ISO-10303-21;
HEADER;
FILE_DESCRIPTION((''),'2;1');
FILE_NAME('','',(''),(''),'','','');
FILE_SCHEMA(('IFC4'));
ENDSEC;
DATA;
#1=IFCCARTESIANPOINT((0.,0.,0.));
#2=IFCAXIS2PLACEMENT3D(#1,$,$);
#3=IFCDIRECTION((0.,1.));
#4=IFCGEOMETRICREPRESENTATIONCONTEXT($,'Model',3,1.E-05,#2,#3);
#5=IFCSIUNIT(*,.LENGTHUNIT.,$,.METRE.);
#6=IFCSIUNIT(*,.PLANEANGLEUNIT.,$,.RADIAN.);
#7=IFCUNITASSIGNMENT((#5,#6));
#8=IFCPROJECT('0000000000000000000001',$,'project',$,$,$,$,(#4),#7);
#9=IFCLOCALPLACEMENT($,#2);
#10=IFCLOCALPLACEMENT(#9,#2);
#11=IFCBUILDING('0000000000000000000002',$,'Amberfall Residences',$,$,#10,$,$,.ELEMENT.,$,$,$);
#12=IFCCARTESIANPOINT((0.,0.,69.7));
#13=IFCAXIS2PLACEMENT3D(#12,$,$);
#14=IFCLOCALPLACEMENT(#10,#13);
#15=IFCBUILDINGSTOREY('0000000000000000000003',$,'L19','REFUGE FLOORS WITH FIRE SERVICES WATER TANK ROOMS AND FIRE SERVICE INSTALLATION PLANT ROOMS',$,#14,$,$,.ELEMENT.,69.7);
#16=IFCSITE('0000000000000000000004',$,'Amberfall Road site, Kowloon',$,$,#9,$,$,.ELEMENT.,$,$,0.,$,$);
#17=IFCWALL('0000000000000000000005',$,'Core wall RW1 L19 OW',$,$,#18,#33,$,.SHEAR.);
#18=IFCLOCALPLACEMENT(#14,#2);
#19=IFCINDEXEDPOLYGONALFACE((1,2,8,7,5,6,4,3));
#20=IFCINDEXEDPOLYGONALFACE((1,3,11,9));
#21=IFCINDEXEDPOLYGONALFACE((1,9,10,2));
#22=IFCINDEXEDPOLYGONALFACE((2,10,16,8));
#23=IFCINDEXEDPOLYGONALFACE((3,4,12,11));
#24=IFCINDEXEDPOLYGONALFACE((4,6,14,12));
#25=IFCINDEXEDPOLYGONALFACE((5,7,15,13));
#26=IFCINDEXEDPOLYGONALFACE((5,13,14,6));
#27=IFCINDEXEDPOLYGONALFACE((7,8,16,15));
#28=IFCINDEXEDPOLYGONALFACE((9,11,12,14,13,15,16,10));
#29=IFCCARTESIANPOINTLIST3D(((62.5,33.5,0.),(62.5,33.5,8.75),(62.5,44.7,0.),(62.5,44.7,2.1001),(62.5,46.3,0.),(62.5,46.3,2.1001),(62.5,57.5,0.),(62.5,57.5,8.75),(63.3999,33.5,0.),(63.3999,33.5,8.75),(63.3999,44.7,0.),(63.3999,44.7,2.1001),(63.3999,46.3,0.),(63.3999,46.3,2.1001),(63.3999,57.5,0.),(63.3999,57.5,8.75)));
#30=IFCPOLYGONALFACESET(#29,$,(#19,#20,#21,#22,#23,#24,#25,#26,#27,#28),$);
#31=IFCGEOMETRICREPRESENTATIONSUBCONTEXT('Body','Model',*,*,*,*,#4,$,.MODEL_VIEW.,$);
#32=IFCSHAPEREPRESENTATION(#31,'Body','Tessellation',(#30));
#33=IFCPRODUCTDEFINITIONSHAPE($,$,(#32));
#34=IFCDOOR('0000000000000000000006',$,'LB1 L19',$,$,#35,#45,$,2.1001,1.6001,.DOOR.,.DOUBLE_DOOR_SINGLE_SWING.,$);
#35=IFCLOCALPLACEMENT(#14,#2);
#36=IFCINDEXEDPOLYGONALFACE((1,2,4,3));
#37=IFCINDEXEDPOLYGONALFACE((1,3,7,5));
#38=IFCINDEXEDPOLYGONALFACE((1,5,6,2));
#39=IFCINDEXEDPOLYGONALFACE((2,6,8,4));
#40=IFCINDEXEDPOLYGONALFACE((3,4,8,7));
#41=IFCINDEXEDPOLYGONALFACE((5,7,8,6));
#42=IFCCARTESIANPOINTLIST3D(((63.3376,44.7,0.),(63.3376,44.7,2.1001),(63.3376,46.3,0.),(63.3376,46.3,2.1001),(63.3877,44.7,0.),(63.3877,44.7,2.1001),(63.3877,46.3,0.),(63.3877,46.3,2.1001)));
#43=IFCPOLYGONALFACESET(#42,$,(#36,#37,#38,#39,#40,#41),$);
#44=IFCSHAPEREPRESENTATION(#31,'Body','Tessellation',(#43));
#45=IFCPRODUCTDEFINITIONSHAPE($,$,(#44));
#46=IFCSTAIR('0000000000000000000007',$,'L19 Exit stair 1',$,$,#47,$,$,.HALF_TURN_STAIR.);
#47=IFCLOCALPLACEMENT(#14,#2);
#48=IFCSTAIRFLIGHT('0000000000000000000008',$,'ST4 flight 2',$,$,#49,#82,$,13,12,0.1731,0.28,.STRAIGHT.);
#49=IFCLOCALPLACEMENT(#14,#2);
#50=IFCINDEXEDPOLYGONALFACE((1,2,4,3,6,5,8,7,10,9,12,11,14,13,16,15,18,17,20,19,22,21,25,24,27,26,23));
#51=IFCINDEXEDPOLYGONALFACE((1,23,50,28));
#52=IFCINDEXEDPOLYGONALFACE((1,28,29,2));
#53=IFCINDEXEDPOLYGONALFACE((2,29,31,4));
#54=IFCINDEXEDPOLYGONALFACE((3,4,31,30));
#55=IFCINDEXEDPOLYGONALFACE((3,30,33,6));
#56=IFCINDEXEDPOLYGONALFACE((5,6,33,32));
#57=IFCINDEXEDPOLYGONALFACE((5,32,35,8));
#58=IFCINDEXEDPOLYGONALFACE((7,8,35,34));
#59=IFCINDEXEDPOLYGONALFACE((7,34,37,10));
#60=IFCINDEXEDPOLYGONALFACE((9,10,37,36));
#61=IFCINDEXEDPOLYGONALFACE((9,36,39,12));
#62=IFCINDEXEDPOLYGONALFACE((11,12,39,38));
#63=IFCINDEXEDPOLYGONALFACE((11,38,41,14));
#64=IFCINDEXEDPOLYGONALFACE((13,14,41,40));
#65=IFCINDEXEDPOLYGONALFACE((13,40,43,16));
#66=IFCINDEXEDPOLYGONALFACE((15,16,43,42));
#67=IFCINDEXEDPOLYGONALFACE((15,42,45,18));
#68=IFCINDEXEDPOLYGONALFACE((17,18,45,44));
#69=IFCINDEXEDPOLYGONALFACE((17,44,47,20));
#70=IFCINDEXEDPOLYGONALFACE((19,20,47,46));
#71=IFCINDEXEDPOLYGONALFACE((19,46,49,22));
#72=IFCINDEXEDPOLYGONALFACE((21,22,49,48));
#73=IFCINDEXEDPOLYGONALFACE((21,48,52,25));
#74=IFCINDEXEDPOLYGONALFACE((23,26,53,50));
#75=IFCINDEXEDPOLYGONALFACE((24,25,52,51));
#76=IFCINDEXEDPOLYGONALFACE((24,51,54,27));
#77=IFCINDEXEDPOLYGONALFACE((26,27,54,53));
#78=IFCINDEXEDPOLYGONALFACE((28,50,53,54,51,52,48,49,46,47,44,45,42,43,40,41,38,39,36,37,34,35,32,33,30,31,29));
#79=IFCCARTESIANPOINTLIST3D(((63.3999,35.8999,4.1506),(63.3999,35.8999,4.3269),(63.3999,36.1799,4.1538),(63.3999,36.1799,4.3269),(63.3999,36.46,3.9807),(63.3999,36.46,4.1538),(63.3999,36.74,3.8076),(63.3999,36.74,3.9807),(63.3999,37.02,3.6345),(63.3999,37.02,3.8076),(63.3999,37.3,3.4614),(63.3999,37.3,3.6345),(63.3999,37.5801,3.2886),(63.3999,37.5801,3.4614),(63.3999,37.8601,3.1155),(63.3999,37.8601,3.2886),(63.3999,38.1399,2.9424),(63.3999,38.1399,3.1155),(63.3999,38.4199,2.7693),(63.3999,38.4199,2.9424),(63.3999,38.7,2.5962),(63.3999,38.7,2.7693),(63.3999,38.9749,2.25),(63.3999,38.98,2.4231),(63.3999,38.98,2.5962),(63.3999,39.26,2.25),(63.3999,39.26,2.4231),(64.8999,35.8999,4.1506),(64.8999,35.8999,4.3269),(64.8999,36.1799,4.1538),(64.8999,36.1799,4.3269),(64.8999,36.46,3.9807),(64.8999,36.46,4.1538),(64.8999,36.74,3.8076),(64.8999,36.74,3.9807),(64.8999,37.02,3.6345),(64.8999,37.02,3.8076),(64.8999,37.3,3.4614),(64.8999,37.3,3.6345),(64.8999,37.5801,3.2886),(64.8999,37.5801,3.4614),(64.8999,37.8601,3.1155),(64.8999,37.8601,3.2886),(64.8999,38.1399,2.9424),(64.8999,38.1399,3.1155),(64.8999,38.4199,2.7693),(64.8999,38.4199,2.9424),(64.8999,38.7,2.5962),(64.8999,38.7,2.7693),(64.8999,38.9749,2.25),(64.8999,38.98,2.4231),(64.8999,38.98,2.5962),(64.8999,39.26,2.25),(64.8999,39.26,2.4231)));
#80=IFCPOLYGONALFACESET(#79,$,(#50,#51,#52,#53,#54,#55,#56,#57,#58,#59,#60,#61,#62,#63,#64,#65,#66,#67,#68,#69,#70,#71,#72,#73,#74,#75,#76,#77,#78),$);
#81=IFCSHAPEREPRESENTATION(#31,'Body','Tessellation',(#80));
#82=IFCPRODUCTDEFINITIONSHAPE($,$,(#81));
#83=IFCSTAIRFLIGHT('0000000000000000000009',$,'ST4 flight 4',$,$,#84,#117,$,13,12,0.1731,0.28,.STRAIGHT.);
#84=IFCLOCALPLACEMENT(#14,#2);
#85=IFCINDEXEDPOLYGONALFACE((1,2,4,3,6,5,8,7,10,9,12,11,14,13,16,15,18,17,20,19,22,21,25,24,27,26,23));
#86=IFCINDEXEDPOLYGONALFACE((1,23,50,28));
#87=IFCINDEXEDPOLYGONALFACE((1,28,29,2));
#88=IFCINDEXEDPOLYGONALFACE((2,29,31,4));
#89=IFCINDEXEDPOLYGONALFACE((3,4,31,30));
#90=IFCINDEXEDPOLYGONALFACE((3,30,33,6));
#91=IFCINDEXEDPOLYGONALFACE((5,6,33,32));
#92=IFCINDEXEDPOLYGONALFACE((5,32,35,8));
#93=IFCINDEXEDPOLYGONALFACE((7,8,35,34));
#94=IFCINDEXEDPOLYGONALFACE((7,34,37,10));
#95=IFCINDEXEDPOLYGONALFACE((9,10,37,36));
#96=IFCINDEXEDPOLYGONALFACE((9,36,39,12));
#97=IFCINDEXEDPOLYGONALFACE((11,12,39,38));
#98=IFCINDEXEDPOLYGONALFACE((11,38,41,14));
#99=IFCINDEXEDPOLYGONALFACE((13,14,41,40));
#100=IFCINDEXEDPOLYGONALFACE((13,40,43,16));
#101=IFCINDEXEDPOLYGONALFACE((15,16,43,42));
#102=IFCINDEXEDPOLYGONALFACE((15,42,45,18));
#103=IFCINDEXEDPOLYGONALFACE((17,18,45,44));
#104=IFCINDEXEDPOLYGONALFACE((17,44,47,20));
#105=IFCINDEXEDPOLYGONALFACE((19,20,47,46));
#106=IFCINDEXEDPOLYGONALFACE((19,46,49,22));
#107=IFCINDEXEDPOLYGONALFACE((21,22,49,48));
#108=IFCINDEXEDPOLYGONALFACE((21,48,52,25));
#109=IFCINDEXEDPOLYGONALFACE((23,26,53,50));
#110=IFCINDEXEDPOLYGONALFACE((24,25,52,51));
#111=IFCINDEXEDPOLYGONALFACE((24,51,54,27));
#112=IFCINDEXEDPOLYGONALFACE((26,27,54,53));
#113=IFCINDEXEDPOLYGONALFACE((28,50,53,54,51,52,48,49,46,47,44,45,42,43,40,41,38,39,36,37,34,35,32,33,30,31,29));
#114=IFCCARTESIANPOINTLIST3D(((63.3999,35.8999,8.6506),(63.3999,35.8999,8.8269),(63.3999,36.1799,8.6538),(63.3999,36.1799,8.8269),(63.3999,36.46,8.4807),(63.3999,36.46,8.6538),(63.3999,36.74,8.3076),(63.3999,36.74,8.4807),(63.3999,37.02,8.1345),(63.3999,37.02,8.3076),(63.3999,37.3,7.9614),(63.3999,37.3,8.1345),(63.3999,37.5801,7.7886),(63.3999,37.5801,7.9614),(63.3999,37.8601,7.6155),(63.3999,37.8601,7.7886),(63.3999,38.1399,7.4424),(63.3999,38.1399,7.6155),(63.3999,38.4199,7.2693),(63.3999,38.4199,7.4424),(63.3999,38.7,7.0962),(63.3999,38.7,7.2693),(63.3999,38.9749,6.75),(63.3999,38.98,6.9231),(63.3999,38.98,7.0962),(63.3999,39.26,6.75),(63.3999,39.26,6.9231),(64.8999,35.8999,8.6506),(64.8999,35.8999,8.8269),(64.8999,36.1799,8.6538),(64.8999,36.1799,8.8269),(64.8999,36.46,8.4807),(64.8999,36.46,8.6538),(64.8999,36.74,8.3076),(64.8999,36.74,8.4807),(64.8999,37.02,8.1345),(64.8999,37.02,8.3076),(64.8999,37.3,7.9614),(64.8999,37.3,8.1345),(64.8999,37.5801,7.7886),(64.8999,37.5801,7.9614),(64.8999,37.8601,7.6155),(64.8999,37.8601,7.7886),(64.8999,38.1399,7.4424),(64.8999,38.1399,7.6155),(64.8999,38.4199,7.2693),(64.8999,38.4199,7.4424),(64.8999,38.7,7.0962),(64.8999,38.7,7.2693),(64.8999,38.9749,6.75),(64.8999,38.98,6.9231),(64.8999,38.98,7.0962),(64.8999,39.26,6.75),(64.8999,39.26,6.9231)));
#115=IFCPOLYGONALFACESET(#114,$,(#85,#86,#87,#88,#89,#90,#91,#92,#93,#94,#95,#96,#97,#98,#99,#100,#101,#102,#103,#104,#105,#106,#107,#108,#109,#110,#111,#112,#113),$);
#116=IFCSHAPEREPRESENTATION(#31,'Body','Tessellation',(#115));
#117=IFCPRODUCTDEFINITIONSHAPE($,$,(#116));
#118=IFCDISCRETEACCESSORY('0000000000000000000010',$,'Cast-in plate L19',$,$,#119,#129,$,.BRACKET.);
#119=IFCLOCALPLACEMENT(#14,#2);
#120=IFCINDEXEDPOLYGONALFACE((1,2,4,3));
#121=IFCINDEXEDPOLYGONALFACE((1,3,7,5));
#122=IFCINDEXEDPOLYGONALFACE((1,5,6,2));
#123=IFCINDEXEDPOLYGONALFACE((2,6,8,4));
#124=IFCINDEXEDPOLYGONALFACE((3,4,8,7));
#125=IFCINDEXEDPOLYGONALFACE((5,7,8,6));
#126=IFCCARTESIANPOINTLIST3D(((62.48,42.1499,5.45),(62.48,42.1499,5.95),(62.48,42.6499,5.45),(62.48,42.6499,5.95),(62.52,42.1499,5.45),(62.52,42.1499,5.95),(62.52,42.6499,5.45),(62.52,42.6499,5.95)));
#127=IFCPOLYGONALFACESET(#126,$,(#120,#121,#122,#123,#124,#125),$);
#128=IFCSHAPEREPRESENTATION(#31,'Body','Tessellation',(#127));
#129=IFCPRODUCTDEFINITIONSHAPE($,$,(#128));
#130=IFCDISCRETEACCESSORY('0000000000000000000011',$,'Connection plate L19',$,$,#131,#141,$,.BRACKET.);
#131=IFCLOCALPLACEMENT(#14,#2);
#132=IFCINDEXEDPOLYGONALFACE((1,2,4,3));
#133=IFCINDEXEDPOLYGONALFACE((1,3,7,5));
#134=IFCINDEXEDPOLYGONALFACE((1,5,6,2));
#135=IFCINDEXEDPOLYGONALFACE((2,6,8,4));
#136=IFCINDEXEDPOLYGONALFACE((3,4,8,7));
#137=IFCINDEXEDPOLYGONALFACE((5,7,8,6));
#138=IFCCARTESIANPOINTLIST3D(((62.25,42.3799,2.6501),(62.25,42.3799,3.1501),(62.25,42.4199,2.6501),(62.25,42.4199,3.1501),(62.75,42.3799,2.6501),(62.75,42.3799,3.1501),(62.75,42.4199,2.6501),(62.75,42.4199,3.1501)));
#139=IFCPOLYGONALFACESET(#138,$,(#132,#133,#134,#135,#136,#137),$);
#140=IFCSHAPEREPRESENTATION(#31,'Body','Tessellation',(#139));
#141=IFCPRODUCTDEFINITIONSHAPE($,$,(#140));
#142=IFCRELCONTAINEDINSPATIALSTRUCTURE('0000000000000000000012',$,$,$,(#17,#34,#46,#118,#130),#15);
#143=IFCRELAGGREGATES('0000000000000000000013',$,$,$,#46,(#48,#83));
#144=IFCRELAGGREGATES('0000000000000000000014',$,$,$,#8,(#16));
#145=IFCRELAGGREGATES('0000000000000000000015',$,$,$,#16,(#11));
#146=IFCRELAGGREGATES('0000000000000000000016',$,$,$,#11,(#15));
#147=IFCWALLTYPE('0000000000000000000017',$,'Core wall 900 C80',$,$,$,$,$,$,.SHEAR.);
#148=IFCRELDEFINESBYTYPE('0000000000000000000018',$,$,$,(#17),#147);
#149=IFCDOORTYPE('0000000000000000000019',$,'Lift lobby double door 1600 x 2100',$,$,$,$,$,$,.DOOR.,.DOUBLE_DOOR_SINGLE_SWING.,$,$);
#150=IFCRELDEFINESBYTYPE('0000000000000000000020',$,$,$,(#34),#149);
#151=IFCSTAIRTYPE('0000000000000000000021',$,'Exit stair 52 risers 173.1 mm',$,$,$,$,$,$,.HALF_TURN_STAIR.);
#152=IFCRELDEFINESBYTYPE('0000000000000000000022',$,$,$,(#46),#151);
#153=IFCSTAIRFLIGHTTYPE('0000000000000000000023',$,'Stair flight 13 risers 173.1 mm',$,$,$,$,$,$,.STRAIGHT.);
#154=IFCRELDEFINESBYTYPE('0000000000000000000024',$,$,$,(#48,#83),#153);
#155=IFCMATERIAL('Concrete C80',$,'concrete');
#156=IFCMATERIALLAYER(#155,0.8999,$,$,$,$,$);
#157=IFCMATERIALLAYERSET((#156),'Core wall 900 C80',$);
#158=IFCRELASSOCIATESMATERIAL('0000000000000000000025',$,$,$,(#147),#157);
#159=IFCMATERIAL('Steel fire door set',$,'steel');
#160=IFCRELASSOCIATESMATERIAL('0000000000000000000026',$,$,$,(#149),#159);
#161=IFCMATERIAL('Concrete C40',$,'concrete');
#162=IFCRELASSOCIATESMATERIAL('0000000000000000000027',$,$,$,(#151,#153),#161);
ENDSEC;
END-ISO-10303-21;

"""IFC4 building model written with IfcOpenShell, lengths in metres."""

from ifc_helpers import new_model, si_unit, direction, frame, frame_2d, origin, origin_2d, place, context, subcontext, project, spatial, polyline, rectangle, outline, extrude, material, layer, layer_set, type_object, element, fill, aggregate, save


model = new_model("IFC4")

# Units and contexts
model_context = context("Model", 3, precision=1e-05, world=origin(), true_north=direction((0.0, 1.0)))
body_context = subcontext(model_context, "Body", "Model", "MODEL_VIEW")
ifc_project = project(units=[si_unit("LENGTHUNIT", "METRE"), si_unit("PLANEANGLEUNIT", "RADIAN")], contexts=[model_context])

# Site, building, storey
site_placement = place(None, origin())
site = spatial("IfcSite", under=ifc_project, at=site_placement, Name="Amberfall Road site, Kowloon", CompositionType="ELEMENT", RefElevation=0.0)
building_placement = place(site_placement, origin())
building = spatial("IfcBuilding", under=site, at=building_placement, Name="Amberfall Residences", CompositionType="ELEMENT")
storey_placement = place(building_placement, frame((0.0, 0.0, 69.7)))
storey = spatial("IfcBuildingStorey", under=building, at=storey_placement, Name="L19", Description="REFUGE FLOORS WITH FIRE SERVICES WATER TANK ROOMS AND FIRE SERVICE INSTALLATION PLANT ROOMS", CompositionType="ELEMENT", Elevation=69.7)

# Shared definitions
ifc_material_1 = material(Name="Concrete C80", Category="concrete")

# Shared definitions
ifc_layer_1 = layer(ifc_material_1, 0.8999)
ifc_layer_set_1 = layer_set([ifc_layer_1], Name="Core wall 900 C80")
wall_type_1 = type_object("IfcWallType", Name="Core wall 900 C80", PredefinedType="SHEAR", material=ifc_layer_set_1)
ifc_material_2 = material(Name="Steel fire door set", Category="steel")

# Wall, opening, door
wall_1_placement = place(storey_placement, frame((62.95, 33.5, 0.0), z_axis=(0.0, 0.0, 1.0), x_axis=(0.0, 1.0, 0.0)))
wall_1 = element("IfcWall", 1, at=wall_1_placement, inside=storey, type_object=wall_type_1, Name="Core wall RW1 L19 OW", PredefinedType="SHEAR", context=body_context, shape_type="SweptSolid", body=[
    extrude(rectangle(XDim=24.0, YDim=0.8999, at=frame_2d((12.0, 0.0))), origin(), (0.0, 0.0, 1.0), 8.75),
])
opening_1_placement = place(wall_1_placement, frame((11.2, 0.0, 0.0)))
opening_1 = element("IfcOpeningElement", 2, at=opening_1_placement, cuts=wall_1, PredefinedType="OPENING", context=body_context, shape_type="SweptSolid", body=[
    extrude(rectangle(XDim=1.6001, YDim=2.1001, at=frame_2d((0.8, 1.05))), frame((0.0, 0.46, 0.0), z_axis=(0.0, -1.0, 0.0), x_axis=(1.0, 0.0, 0.0)), (0.0, 0.0, 1.0), 0.9199),
])
door_type_1 = type_object("IfcDoorType", Name="Lift lobby double door 1600 x 2100", OperationType="DOUBLE_DOOR_SINGLE_SWING", PredefinedType="DOOR", material=ifc_material_2)
door_1_placement = place(opening_1_placement, origin())
door_1 = element("IfcDoor", 3, at=door_1_placement, inside=storey, type_object=door_type_1, Name="LB1 L19", OperationType="DOUBLE_DOOR_SINGLE_SWING", OverallHeight=2.1001, OverallWidth=1.6001, PredefinedType="DOOR", context=body_context, shape_type="SweptSolid", body=[
    extrude(rectangle(XDim=1.6001, YDim=2.1001, at=frame_2d((0.8, 1.05))), frame((0.0, -0.3877, 0.0), z_axis=(0.0, -1.0, 0.0), x_axis=(1.0, 0.0, 0.0)), (0.0, 0.0, 1.0), 0.05),
])
fill(opening_1, door_1)

# Stair, stair flights
ifc_material_3 = material(Name="Concrete C40", Category="concrete")
stair_type = type_object("IfcStairType", Name="Exit stair 52 risers 173.1 mm", PredefinedType="HALF_TURN_STAIR", material=ifc_material_3)
stair_placement = place(storey_placement, origin())
stair = element("IfcStair", 4, at=stair_placement, inside=storey, type_object=stair_type, Name="L19 Exit stair 1", PredefinedType="HALF_TURN_STAIR")
stair_flight_type = type_object("IfcStairFlightType", Name="Stair flight 13 risers 173.1 mm", PredefinedType="STRAIGHT", material=ifc_material_3)
stair_flight_1_placement = place(storey_placement, frame((64.1499, 39.26, 2.25), z_axis=(0.0, 0.0, 1.0), x_axis=(0.0, -1.0, 0.0)))
stair_flight_1 = element("IfcStairFlight", 5, at=stair_flight_1_placement, type_object=stair_flight_type, Name="ST4 flight 2", NumberOfRisers=13, NumberOfTreads=12, PredefinedType="STRAIGHT", RiserHeight=0.1731, TreadLength=0.28, context=body_context, shape_type="SweptSolid", body=[
    extrude(outline(polyline([(0.0, 0.0), (0.0, 0.1731), (0.28, 0.1731), (0.28, 0.3462), (0.5601, 0.3462), (0.5601, 0.5193), (0.8401, 0.5193), (0.8401, 0.6924), (1.1201, 0.6924), (1.1201, 0.8655), (1.3999, 0.8655), (1.3999, 1.0386), (1.6799, 1.0386), (1.6799, 1.2114), (1.96, 1.2114), (1.96, 1.3845), (2.24, 1.3845), (2.24, 1.5576), (2.52, 1.5576), (2.52, 1.7307), (2.8, 1.7307), (2.8, 1.9038), (3.0801, 1.9038), (3.0801, 2.0769), (3.3601, 2.0769), (3.3601, 2.25), (3.3601, 1.9006), (0.2852, 0.0), (0.0, 0.0)])), frame((0.0, 0.75, 0.0), z_axis=(0.0, -1.0, 0.0), x_axis=(1.0, 0.0, 0.0)), (0.0, 0.0, 1.0), 1.5),
])
stair_flight_2_placement = place(storey_placement, frame((64.1499, 39.26, 6.75), z_axis=(0.0, 0.0, 1.0), x_axis=(0.0, -1.0, 0.0)))
stair_flight_2 = element("IfcStairFlight", 6, at=stair_flight_2_placement, type_object=stair_flight_type, Name="ST4 flight 4", NumberOfRisers=13, NumberOfTreads=12, PredefinedType="STRAIGHT", RiserHeight=0.1731, TreadLength=0.28, context=body_context, shape_type="SweptSolid", body=[
    extrude(outline(polyline([(0.0, 0.0), (0.0, 0.1731), (0.28, 0.1731), (0.28, 0.3462), (0.5601, 0.3462), (0.5601, 0.5193), (0.8401, 0.5193), (0.8401, 0.6924), (1.1201, 0.6924), (1.1201, 0.8655), (1.3999, 0.8655), (1.3999, 1.0386), (1.6799, 1.0386), (1.6799, 1.2114), (1.96, 1.2114), (1.96, 1.3845), (2.24, 1.3845), (2.24, 1.5576), (2.52, 1.5576), (2.52, 1.7307), (2.8, 1.7307), (2.8, 1.9038), (3.0801, 1.9038), (3.0801, 2.0769), (3.3601, 2.0769), (3.3601, 2.25), (3.3601, 1.9006), (0.2852, 0.0), (0.0, 0.0)])), frame((0.0, 0.75, 0.0), z_axis=(0.0, -1.0, 0.0), x_axis=(1.0, 0.0, 0.0)), (0.0, 0.0, 1.0), 1.5),
])
aggregate(stair, [stair_flight_1, stair_flight_2])

# Discrete accessories
discrete_accessory_1_placement = place(storey_placement, frame((62.5, 42.3999, 5.45), z_axis=(0.0, 0.0, 1.0), x_axis=(1.0, 0.0, 0.0)))
element("IfcDiscreteAccessory", 7, at=discrete_accessory_1_placement, inside=storey, Name="Cast-in plate L19", PredefinedType="BRACKET", context=body_context, shape_type="SweptSolid", body=[
    extrude(rectangle(XDim=0.04, YDim=0.5, at=origin_2d()), origin(), (0.0, 0.0, 1.0), 0.5),
])
discrete_accessory_2_placement = place(storey_placement, frame((62.5, 42.3999, 2.6501), z_axis=(0.0, 0.0, 1.0), x_axis=(1.0, 0.0, 0.0)))
element("IfcDiscreteAccessory", 8, at=discrete_accessory_2_placement, inside=storey, Name="Connection plate L19", PredefinedType="BRACKET", context=body_context, shape_type="SweptSolid", body=[
    extrude(rectangle(XDim=0.5, YDim=0.04, at=origin_2d()), origin(), (0.0, 0.0, 1.0), 0.5),
])

save(model, "model.ifc")
